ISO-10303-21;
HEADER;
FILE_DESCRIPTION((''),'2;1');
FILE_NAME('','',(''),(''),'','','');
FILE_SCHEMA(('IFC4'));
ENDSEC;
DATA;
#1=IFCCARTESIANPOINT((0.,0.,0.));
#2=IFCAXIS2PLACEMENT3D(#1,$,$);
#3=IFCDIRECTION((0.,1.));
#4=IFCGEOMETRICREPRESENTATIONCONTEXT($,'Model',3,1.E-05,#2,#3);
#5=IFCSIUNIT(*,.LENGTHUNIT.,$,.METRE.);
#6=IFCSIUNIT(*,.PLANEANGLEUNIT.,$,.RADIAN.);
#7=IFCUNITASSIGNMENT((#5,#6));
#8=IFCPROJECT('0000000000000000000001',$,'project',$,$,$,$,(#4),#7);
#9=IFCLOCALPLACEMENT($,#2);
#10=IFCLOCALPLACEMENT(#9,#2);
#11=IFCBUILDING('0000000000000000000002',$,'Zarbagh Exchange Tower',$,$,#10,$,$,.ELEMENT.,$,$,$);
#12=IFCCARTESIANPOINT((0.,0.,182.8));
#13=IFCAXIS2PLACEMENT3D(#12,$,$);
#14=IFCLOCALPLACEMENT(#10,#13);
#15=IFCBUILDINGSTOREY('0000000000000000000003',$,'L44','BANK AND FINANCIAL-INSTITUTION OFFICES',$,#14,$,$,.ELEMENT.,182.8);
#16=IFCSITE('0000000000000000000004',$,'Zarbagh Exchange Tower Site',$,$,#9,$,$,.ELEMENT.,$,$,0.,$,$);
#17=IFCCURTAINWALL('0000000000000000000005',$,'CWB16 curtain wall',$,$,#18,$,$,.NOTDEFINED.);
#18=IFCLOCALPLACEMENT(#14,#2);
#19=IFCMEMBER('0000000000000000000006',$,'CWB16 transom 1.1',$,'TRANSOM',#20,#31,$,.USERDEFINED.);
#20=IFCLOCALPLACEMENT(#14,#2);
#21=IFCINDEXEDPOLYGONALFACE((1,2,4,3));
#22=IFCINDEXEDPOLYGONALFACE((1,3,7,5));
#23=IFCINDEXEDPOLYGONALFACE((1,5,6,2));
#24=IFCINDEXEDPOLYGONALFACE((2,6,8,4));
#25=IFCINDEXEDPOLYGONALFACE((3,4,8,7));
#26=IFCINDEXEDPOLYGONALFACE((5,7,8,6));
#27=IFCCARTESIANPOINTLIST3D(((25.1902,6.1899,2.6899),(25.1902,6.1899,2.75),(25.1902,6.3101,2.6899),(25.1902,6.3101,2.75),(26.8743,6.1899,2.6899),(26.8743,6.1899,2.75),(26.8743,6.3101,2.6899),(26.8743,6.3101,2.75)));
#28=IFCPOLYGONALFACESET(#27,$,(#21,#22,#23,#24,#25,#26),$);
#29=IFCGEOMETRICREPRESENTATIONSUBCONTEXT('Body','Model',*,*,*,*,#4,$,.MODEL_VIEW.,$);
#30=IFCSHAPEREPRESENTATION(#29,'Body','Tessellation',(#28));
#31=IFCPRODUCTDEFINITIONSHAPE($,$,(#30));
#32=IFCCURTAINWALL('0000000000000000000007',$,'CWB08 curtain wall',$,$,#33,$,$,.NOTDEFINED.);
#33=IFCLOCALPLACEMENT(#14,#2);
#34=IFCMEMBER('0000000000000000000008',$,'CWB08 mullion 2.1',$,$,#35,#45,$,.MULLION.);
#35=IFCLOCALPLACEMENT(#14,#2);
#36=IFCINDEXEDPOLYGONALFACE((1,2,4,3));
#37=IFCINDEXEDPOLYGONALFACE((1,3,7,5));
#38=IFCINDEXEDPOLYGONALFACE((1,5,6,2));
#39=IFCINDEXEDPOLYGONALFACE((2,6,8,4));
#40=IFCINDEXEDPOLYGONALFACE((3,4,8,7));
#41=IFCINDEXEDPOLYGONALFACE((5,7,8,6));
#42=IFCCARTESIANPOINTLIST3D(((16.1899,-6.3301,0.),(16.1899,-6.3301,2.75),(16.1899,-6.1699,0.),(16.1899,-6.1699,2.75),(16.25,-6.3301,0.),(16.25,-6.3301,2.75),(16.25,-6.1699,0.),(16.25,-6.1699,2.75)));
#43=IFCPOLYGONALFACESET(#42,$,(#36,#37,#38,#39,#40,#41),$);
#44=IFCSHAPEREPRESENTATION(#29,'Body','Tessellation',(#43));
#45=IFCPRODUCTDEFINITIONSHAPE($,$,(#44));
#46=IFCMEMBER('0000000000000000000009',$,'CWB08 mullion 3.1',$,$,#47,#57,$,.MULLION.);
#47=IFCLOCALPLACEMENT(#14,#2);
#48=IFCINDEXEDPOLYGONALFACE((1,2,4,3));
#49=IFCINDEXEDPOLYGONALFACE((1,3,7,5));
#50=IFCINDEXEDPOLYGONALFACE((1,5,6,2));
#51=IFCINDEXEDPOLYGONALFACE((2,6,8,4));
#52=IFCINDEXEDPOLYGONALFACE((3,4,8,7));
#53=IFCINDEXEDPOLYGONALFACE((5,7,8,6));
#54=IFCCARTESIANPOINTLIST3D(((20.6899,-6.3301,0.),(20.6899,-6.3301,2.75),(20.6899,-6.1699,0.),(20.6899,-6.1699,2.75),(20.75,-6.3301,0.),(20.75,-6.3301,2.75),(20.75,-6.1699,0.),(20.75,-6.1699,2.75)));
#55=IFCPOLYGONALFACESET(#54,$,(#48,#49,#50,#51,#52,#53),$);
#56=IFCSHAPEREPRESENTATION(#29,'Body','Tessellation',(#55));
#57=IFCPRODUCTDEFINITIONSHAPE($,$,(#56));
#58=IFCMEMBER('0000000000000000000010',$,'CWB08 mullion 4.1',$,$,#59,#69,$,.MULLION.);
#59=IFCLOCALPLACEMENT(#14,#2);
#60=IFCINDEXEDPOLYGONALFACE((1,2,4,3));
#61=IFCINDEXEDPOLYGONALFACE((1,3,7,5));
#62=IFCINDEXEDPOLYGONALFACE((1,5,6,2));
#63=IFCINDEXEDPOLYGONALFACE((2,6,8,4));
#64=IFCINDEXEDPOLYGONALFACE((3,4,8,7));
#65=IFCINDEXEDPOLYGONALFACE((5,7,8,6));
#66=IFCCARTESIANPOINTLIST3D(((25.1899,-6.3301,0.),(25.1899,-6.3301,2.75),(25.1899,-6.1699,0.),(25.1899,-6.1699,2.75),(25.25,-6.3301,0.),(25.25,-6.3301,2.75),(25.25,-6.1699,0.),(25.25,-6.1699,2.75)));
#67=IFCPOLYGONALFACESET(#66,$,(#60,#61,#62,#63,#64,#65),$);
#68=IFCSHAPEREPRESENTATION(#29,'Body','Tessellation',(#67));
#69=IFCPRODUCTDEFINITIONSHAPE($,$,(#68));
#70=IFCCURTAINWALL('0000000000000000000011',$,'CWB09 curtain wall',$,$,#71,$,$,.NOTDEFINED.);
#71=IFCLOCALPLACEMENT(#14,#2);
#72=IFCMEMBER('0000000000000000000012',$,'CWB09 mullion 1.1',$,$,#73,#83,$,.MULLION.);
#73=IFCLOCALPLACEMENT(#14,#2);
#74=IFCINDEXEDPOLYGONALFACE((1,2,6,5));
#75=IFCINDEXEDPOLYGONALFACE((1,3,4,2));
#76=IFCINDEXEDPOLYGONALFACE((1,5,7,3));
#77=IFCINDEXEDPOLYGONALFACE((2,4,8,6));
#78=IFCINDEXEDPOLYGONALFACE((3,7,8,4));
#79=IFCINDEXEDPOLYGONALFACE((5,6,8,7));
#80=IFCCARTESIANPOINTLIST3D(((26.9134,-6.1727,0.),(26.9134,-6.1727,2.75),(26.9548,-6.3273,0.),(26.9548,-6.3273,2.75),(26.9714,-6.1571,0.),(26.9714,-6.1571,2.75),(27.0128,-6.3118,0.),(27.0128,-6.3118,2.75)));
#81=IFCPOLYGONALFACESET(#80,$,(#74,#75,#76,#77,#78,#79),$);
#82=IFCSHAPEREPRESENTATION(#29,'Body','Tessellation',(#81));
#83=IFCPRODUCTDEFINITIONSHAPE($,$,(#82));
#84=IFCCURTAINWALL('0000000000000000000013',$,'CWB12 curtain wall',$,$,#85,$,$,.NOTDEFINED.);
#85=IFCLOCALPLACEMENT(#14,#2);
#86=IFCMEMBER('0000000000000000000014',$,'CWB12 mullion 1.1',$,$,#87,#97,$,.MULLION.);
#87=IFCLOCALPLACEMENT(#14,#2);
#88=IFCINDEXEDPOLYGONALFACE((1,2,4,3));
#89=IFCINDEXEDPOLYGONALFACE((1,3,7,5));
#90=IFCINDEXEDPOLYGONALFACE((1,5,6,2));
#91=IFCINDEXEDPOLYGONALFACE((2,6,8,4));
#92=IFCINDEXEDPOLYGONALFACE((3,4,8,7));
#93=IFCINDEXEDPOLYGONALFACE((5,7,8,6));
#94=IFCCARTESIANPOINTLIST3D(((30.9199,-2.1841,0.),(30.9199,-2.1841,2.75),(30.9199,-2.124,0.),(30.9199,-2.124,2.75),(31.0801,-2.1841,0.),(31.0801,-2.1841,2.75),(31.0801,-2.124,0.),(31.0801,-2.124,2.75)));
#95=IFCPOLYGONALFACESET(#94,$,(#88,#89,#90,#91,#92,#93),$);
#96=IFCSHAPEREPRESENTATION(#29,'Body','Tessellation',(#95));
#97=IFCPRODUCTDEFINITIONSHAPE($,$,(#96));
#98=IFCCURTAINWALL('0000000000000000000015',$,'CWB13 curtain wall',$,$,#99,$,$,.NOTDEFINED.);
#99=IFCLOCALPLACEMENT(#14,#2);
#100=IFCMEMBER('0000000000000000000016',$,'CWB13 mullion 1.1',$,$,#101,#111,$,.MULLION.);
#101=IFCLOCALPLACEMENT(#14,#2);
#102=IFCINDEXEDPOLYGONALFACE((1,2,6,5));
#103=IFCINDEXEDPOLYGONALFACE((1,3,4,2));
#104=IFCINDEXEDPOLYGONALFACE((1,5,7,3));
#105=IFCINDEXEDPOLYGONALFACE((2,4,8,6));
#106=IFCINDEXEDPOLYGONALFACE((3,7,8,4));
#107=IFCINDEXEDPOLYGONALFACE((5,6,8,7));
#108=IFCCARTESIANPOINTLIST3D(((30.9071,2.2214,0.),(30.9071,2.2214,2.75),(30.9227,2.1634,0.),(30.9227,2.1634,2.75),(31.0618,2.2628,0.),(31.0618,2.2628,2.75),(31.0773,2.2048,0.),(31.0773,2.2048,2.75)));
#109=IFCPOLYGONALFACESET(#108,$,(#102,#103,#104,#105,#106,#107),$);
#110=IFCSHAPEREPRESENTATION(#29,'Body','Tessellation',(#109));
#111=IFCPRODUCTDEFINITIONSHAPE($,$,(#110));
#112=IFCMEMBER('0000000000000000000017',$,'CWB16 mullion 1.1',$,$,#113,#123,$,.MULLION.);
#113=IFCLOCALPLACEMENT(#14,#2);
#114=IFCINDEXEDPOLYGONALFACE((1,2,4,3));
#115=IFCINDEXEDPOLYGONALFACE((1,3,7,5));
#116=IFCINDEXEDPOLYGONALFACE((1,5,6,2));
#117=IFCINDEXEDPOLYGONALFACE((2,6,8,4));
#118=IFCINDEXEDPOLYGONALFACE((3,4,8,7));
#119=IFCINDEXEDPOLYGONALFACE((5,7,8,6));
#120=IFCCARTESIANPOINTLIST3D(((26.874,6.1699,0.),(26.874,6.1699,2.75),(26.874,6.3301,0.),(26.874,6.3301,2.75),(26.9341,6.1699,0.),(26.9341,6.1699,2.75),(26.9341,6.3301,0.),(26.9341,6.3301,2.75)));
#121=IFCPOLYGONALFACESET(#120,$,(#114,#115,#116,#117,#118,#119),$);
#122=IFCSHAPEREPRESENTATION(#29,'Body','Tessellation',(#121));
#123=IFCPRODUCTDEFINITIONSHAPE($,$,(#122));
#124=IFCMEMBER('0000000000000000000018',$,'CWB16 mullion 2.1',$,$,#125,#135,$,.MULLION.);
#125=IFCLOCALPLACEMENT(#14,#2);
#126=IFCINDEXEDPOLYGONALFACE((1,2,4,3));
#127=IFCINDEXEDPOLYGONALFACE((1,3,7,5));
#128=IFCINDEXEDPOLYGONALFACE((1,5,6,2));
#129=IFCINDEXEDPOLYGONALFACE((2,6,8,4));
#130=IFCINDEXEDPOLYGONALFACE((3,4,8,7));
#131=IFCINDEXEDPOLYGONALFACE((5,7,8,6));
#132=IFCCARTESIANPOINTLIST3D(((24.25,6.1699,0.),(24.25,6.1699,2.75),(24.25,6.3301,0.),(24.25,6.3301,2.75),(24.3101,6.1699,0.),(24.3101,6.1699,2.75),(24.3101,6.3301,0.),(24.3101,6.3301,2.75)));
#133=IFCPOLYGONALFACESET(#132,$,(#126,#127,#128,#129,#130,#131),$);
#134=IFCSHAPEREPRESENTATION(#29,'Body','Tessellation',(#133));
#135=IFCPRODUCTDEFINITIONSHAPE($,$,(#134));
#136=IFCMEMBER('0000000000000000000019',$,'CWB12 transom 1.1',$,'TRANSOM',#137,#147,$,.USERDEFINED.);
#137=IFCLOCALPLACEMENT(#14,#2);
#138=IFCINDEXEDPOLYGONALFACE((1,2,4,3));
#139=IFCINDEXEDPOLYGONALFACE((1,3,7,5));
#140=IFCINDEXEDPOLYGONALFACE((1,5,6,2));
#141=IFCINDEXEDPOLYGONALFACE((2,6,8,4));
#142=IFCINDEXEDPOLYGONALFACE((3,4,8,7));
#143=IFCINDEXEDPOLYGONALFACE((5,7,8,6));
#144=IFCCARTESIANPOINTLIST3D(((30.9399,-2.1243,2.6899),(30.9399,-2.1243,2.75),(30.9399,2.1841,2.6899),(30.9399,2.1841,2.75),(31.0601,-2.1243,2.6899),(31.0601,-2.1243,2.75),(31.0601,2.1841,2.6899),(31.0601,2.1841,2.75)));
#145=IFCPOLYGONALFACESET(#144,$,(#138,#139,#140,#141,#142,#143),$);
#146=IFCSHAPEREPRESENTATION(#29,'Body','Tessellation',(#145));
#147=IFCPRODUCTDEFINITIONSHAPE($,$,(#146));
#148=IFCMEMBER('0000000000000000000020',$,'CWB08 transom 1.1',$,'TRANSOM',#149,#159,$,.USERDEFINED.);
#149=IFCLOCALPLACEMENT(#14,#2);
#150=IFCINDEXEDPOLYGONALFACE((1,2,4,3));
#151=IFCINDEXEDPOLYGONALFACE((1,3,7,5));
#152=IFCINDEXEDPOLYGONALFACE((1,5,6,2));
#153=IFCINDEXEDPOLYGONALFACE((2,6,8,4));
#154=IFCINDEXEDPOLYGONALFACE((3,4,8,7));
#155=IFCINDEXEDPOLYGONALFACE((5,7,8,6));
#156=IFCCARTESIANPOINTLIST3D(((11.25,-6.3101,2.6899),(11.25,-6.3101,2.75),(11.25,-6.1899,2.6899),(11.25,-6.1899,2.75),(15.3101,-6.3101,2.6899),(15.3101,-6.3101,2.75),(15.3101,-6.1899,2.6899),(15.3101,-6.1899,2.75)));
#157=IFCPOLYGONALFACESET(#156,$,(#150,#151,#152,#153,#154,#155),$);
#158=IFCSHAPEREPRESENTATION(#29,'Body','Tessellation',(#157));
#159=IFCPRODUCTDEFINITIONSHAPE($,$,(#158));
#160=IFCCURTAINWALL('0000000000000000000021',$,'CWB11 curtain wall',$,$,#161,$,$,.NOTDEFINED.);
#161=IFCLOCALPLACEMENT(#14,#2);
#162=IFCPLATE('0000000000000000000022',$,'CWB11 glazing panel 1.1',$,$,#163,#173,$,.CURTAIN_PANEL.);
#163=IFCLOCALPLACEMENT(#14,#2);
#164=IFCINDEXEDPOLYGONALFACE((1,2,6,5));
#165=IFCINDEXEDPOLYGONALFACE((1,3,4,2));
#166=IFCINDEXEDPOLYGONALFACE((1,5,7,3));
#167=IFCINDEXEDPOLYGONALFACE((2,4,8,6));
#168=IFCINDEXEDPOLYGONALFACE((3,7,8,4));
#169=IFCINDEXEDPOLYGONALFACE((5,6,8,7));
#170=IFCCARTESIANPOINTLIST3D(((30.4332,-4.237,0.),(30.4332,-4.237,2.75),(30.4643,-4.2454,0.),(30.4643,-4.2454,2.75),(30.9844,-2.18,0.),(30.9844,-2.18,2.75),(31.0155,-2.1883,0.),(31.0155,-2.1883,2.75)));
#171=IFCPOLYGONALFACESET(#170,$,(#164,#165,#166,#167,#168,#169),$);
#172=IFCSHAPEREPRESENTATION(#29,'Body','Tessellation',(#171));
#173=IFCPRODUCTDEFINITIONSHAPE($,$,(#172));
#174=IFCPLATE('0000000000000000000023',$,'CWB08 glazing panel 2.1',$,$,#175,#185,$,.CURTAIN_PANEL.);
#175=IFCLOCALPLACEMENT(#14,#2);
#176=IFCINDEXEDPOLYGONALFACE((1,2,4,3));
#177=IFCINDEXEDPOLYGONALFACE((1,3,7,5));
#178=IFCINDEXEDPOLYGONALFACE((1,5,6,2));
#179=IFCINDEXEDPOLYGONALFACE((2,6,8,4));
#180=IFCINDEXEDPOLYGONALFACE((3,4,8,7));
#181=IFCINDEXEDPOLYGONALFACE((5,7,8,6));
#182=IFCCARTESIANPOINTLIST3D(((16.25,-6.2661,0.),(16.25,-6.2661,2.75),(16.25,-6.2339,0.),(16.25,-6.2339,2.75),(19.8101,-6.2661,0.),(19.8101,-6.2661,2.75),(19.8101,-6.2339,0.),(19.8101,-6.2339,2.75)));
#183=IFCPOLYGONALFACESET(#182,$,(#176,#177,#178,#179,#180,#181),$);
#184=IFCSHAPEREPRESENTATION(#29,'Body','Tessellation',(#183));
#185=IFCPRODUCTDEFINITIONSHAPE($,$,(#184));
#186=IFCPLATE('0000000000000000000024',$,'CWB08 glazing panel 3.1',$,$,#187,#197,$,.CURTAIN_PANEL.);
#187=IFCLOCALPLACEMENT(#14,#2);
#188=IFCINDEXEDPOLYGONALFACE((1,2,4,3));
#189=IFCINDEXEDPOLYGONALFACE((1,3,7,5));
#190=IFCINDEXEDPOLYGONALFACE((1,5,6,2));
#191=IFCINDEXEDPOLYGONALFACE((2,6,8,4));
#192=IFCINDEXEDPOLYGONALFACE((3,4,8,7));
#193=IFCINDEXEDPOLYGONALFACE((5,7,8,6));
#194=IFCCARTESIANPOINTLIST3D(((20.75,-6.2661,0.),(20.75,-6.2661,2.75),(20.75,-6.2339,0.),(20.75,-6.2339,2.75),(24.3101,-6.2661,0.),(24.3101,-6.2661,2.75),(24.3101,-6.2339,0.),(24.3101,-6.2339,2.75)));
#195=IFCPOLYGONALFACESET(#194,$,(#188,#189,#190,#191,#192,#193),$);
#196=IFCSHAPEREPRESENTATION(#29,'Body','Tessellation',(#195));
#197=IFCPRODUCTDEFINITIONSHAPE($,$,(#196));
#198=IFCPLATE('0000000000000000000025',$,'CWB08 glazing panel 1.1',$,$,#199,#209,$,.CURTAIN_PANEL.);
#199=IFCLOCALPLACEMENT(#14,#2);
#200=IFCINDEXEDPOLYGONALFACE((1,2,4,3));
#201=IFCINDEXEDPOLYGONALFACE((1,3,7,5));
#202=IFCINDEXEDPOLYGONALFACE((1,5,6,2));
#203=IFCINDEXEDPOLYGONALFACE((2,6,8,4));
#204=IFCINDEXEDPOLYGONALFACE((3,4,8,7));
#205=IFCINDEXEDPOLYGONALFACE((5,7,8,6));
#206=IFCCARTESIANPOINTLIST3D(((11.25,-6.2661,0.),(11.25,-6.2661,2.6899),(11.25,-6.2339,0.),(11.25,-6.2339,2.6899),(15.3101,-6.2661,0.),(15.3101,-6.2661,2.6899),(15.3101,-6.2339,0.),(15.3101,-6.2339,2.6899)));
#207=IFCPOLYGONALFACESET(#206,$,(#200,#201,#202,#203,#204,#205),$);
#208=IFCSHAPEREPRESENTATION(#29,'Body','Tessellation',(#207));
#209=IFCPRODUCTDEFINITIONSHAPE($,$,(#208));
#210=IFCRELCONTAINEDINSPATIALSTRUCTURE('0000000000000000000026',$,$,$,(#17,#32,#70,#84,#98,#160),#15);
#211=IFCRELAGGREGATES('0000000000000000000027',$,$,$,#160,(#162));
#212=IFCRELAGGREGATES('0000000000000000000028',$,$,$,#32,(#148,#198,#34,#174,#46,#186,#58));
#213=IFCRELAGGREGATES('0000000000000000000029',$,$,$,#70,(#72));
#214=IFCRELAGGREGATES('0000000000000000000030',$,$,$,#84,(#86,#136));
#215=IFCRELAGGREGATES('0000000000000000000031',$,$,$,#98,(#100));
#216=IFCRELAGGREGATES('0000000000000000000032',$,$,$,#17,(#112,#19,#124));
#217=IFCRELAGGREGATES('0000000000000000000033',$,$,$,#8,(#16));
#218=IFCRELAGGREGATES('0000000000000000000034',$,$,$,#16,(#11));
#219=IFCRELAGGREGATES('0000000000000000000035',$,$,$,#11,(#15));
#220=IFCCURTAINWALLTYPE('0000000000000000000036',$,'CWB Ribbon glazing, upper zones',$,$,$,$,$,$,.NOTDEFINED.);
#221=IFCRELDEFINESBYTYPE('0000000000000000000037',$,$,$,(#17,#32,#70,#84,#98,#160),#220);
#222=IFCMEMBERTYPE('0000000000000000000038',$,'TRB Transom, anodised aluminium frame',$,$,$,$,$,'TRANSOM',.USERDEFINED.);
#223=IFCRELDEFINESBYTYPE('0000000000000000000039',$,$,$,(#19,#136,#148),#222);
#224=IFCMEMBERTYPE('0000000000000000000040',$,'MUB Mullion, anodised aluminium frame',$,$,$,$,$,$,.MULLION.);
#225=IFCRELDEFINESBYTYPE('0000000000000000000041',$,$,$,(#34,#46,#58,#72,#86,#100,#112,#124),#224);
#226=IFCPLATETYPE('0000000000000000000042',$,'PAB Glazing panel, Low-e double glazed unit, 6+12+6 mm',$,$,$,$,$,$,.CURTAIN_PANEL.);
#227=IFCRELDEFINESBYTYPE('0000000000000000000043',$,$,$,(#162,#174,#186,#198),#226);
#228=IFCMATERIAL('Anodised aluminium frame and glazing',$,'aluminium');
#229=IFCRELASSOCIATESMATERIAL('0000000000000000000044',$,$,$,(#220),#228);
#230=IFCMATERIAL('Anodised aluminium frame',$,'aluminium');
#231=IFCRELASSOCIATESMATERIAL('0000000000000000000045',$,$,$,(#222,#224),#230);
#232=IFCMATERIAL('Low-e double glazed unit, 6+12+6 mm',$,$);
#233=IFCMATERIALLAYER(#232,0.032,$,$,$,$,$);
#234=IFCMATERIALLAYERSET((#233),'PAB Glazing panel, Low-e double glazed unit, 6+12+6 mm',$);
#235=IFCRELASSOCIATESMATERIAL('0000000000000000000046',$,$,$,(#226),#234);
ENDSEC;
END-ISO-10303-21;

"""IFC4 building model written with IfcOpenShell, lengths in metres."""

from ifc_helpers import new_model, si_unit, direction, frame, origin, place, context, subcontext, project, spatial, polyline, outline, extrude, source, transform, mapped, material, layer, layer_set, type_object, element, aggregate, save


model = new_model("IFC4")

# Units and contexts
model_context = context("Model", 3, precision=1e-05, world=origin(), true_north=direction((0.0, 1.0)))
body_context = subcontext(model_context, "Body", "Model", "MODEL_VIEW")
ifc_project = project(units=[si_unit("LENGTHUNIT", "METRE"), si_unit("PLANEANGLEUNIT", "RADIAN")], contexts=[model_context])

# Site, building, storey
site_placement = place(None, origin())
site = spatial("IfcSite", under=ifc_project, at=site_placement, Name="Zarbagh Exchange Tower Site", CompositionType="ELEMENT", RefElevation=0.0)
building_placement = place(site_placement, origin())
building = spatial("IfcBuilding", under=site, at=building_placement, Name="Zarbagh Exchange Tower", CompositionType="ELEMENT")
storey_placement = place(building_placement, frame((0.0, 0.0, 182.8)))
storey = spatial("IfcBuildingStorey", under=building, at=storey_placement, Name="L44", Description="BANK AND FINANCIAL-INSTITUTION OFFICES", CompositionType="ELEMENT", Elevation=182.8)

# Curtain wall, member
ifc_material_1 = material(Name="Anodised aluminium frame and glazing", Category="aluminium")
curtain_wall_type = type_object("IfcCurtainWallType", Name="CWB Ribbon glazing, upper zones", PredefinedType="NOTDEFINED", material=ifc_material_1)
curtain_wall_1_placement = place(storey_placement, origin())
curtain_wall_1 = element("IfcCurtainWall", 1, at=curtain_wall_1_placement, inside=storey, type_object=curtain_wall_type, Name="CWB16 curtain wall", PredefinedType="NOTDEFINED")
ifc_material_2 = material(Name="Anodised aluminium frame", Category="aluminium")
member_type_1 = type_object("IfcMemberType", Name="TRB Transom, anodised aluminium frame", ElementType="TRANSOM", PredefinedType="USERDEFINED", material=ifc_material_2)
shared_shape_1 = source(origin(), body_context, "Body", "SweptSolid", [
    extrude(outline(polyline([(-0.0601, -0.0601), (0.0, -0.0601), (0.0, 0.0601), (-0.0601, 0.0601), (-0.0601, -0.0601)])), origin(), (0.0, 0.0, 1.0), 1.6841),
])
placement = place(storey_placement, origin())
member_1 = element("IfcMember", 2, at=placement, type_object=member_type_1, Name="CWB16 transom 1.1", ObjectType="TRANSOM", PredefinedType="USERDEFINED", context=body_context, shape_type="MappedRepresentation", body=[
    mapped(shared_shape_1, transform((26.8743, 6.25, 2.75), x_axis=(0.0, 0.0, 1.0), y_axis=(0.0, 1.0, 0.0), z_axis=(-1.0, 0.0, 0.0))),
])

# Curtain wall, members
curtain_wall_2_placement = place(storey_placement, origin())
curtain_wall_2 = element("IfcCurtainWall", 3, at=curtain_wall_2_placement, inside=storey, type_object=curtain_wall_type, Name="CWB08 curtain wall", PredefinedType="NOTDEFINED")
member_type_2 = type_object("IfcMemberType", Name="MUB Mullion, anodised aluminium frame", PredefinedType="MULLION", material=ifc_material_2)
shared_shape_2 = source(origin(), body_context, "Body", "SweptSolid", [
    extrude(outline(polyline([(0.0, -0.0801), (0.0601, -0.0801), (0.0601, 0.0801), (0.0, 0.0801), (0.0, -0.0801)])), origin(), (0.0, 0.0, 1.0), 2.75),
])
member_2 = element("IfcMember", 4, at=placement, type_object=member_type_2, Name="CWB08 mullion 2.1", PredefinedType="MULLION", context=body_context, shape_type="MappedRepresentation", body=[
    mapped(shared_shape_2, transform((16.1899, -6.25, 0.0), x_axis=(1.0, 0.0, 0.0), y_axis=(0.0, 1.0, 0.0), z_axis=(0.0, 0.0, 1.0))),
])
member_3 = element("IfcMember", 5, at=placement, type_object=member_type_2, Name="CWB08 mullion 3.1", PredefinedType="MULLION", context=body_context, shape_type="MappedRepresentation", body=[
    mapped(shared_shape_2, transform((20.6899, -6.25, 0.0), x_axis=(1.0, 0.0, 0.0), y_axis=(0.0, 1.0, 0.0), z_axis=(0.0, 0.0, 1.0))),
])
member_4 = element("IfcMember", 6, at=placement, type_object=member_type_2, Name="CWB08 mullion 4.1", PredefinedType="MULLION", context=body_context, shape_type="MappedRepresentation", body=[
    mapped(shared_shape_2, transform((25.1899, -6.25, 0.0), x_axis=(1.0, 0.0, 0.0), y_axis=(0.0, 1.0, 0.0), z_axis=(0.0, 0.0, 1.0))),
])

# Curtain walls, members
curtain_wall_3_placement = place(storey_placement, origin())
curtain_wall_3 = element("IfcCurtainWall", 7, at=curtain_wall_3_placement, inside=storey, type_object=curtain_wall_type, Name="CWB09 curtain wall", PredefinedType="NOTDEFINED")
member_5 = element("IfcMember", 8, at=placement, type_object=member_type_2, Name="CWB09 mullion 1.1", PredefinedType="MULLION", context=body_context, shape_type="MappedRepresentation", body=[
    mapped(shared_shape_2, transform((26.9341, -6.25, 0.0), x_axis=(0.965924, 0.258825, 0.0), y_axis=(-0.258825, 0.965924, 0.0), z_axis=(0.0, 0.0, 1.0))),
])
curtain_wall_4_placement = place(storey_placement, origin())
curtain_wall_4 = element("IfcCurtainWall", 9, at=curtain_wall_4_placement, inside=storey, type_object=curtain_wall_type, Name="CWB12 curtain wall", PredefinedType="NOTDEFINED")
member_6 = element("IfcMember", 10, at=placement, type_object=member_type_2, Name="CWB12 mullion 1.1", PredefinedType="MULLION", context=body_context, shape_type="MappedRepresentation", body=[
    mapped(shared_shape_2, transform((31.0, -2.1841, 0.0), x_axis=(0.0, 1.0, 0.0), y_axis=(-1.0, 0.0, 0.0), z_axis=(0.0, 0.0, 1.0))),
])
curtain_wall_5_placement = place(storey_placement, origin())
curtain_wall_5 = element("IfcCurtainWall", 11, at=curtain_wall_5_placement, inside=storey, type_object=curtain_wall_type, Name="CWB13 curtain wall", PredefinedType="NOTDEFINED")
member_7 = element("IfcMember", 12, at=placement, type_object=member_type_2, Name="CWB13 mullion 1.1", PredefinedType="MULLION", context=body_context, shape_type="MappedRepresentation", body=[
    mapped(shared_shape_2, transform((31.0, 2.1841, 0.0), x_axis=(-0.258825, 0.965924, 0.0), y_axis=(-0.965924, -0.258825, 0.0), z_axis=(0.0, 0.0, 1.0))),
])

# Members
member_8 = element("IfcMember", 13, at=placement, type_object=member_type_2, Name="CWB16 mullion 1.1", PredefinedType="MULLION", context=body_context, shape_type="MappedRepresentation", body=[
    mapped(shared_shape_2, transform((26.9341, 6.25, 0.0), x_axis=(-1.0, 0.0, 0.0), y_axis=(0.0, -1.0, 0.0), z_axis=(0.0, 0.0, 1.0))),
])
member_9 = element("IfcMember", 14, at=placement, type_object=member_type_2, Name="CWB16 mullion 2.1", PredefinedType="MULLION", context=body_context, shape_type="MappedRepresentation", body=[
    mapped(shared_shape_2, transform((24.3101, 6.25, 0.0), x_axis=(-1.0, 0.0, 0.0), y_axis=(0.0, -1.0, 0.0), z_axis=(0.0, 0.0, 1.0))),
])
shared_shape_3 = source(origin(), body_context, "Body", "SweptSolid", [
    extrude(outline(polyline([(-0.0601, -0.0601), (0.0, -0.0601), (0.0, 0.0601), (-0.0601, 0.0601), (-0.0601, -0.0601)])), origin(), (0.0, 0.0, 1.0), 4.3083),
])
member_10 = element("IfcMember", 15, at=placement, type_object=member_type_1, Name="CWB12 transom 1.1", ObjectType="TRANSOM", PredefinedType="USERDEFINED", context=body_context, shape_type="MappedRepresentation", body=[
    mapped(shared_shape_3, transform((31.0, -2.1243, 2.75), x_axis=(0.0, 0.0, 1.0), y_axis=(1.0, 0.0, 0.0), z_axis=(0.0, 1.0, 0.0))),
])
shared_shape_4 = source(origin(), body_context, "Body", "SweptSolid", [
    extrude(outline(polyline([(-0.0601, -0.0601), (0.0, -0.0601), (0.0, 0.0601), (-0.0601, 0.0601), (-0.0601, -0.0601)])), origin(), (0.0, 0.0, 1.0), 4.0601),
])
member_11 = element("IfcMember", 16, at=placement, type_object=member_type_1, Name="CWB08 transom 1.1", ObjectType="TRANSOM", PredefinedType="USERDEFINED", context=body_context, shape_type="MappedRepresentation", body=[
    mapped(shared_shape_4, transform((11.25, -6.25, 2.75), x_axis=(0.0, 0.0, 1.0), y_axis=(0.0, -1.0, 0.0), z_axis=(1.0, 0.0, 0.0))),
])

# Curtain wall, plate
curtain_wall_6_placement = place(storey_placement, origin())
curtain_wall_6 = element("IfcCurtainWall", 17, at=curtain_wall_6_placement, inside=storey, type_object=curtain_wall_type, Name="CWB11 curtain wall", PredefinedType="NOTDEFINED")
ifc_material_3 = material(Name="Low-e double glazed unit, 6+12+6 mm")
ifc_layer = layer(ifc_material_3, 0.032)
ifc_layer_set = layer_set([ifc_layer], Name="PAB Glazing panel, Low-e double glazed unit, 6+12+6 mm")
plate_type = type_object("IfcPlateType", Name="PAB Glazing panel, Low-e double glazed unit, 6+12+6 mm", PredefinedType="CURTAIN_PANEL", material=ifc_layer_set)
shared_shape_5 = source(origin(), body_context, "Body", "SweptSolid", [
    extrude(outline(polyline([(0.0, -0.0161), (2.1296, -0.0161), (2.1296, 0.0161), (0.0, 0.0161), (0.0, -0.0161)])), origin(), (0.0, 0.0, 1.0), 2.75),
])
plate_1 = element("IfcPlate", 18, at=placement, type_object=plate_type, Name="CWB11 glazing panel 1.1", PredefinedType="CURTAIN_PANEL", context=body_context, shape_type="MappedRepresentation", body=[
    mapped(shared_shape_5, transform((30.4487, -4.2412, 0.0), x_axis=(0.258825, 0.965924, 0.0), y_axis=(-0.965924, 0.258825, 0.0), z_axis=(0.0, 0.0, 1.0))),
])
aggregate(curtain_wall_6, [plate_1])

# Plates
shared_shape_6 = source(origin(), body_context, "Body", "SweptSolid", [
    extrude(outline(polyline([(0.0, -0.0161), (3.5601, -0.0161), (3.5601, 0.0161), (0.0, 0.0161), (0.0, -0.0161)])), origin(), (0.0, 0.0, 1.0), 2.75),
])
plate_2 = element("IfcPlate", 19, at=placement, type_object=plate_type, Name="CWB08 glazing panel 2.1", PredefinedType="CURTAIN_PANEL", context=body_context, shape_type="MappedRepresentation", body=[
    mapped(shared_shape_6, transform((16.25, -6.25, 0.0), x_axis=(1.0, 0.0, 0.0), y_axis=(0.0, 1.0, 0.0), z_axis=(0.0, 0.0, 1.0))),
])
plate_3 = element("IfcPlate", 20, at=placement, type_object=plate_type, Name="CWB08 glazing panel 3.1", PredefinedType="CURTAIN_PANEL", context=body_context, shape_type="MappedRepresentation", body=[
    mapped(shared_shape_6, transform((20.75, -6.25, 0.0), x_axis=(1.0, 0.0, 0.0), y_axis=(0.0, 1.0, 0.0), z_axis=(0.0, 0.0, 1.0))),
])
shared_shape_7 = source(origin(), body_context, "Body", "SweptSolid", [
    extrude(outline(polyline([(0.0, -0.0161), (4.0601, -0.0161), (4.0601, 0.0161), (0.0, 0.0161), (0.0, -0.0161)])), origin(), (0.0, 0.0, 1.0), 2.6899),
])
plate_4 = element("IfcPlate", 21, at=placement, type_object=plate_type, Name="CWB08 glazing panel 1.1", PredefinedType="CURTAIN_PANEL", context=body_context, shape_type="MappedRepresentation", body=[
    mapped(shared_shape_7, transform((11.25, -6.25, 0.0), x_axis=(1.0, 0.0, 0.0), y_axis=(0.0, 1.0, 0.0), z_axis=(0.0, 0.0, 1.0))),
])
aggregate(curtain_wall_2, [member_11, plate_4, member_2, plate_2, member_3, plate_3, member_4])
aggregate(curtain_wall_3, [member_5])

aggregate(curtain_wall_4, [member_6, member_10])
aggregate(curtain_wall_5, [member_7])

aggregate(curtain_wall_1, [member_8, member_1, member_9])

save(model, "model.ifc")
